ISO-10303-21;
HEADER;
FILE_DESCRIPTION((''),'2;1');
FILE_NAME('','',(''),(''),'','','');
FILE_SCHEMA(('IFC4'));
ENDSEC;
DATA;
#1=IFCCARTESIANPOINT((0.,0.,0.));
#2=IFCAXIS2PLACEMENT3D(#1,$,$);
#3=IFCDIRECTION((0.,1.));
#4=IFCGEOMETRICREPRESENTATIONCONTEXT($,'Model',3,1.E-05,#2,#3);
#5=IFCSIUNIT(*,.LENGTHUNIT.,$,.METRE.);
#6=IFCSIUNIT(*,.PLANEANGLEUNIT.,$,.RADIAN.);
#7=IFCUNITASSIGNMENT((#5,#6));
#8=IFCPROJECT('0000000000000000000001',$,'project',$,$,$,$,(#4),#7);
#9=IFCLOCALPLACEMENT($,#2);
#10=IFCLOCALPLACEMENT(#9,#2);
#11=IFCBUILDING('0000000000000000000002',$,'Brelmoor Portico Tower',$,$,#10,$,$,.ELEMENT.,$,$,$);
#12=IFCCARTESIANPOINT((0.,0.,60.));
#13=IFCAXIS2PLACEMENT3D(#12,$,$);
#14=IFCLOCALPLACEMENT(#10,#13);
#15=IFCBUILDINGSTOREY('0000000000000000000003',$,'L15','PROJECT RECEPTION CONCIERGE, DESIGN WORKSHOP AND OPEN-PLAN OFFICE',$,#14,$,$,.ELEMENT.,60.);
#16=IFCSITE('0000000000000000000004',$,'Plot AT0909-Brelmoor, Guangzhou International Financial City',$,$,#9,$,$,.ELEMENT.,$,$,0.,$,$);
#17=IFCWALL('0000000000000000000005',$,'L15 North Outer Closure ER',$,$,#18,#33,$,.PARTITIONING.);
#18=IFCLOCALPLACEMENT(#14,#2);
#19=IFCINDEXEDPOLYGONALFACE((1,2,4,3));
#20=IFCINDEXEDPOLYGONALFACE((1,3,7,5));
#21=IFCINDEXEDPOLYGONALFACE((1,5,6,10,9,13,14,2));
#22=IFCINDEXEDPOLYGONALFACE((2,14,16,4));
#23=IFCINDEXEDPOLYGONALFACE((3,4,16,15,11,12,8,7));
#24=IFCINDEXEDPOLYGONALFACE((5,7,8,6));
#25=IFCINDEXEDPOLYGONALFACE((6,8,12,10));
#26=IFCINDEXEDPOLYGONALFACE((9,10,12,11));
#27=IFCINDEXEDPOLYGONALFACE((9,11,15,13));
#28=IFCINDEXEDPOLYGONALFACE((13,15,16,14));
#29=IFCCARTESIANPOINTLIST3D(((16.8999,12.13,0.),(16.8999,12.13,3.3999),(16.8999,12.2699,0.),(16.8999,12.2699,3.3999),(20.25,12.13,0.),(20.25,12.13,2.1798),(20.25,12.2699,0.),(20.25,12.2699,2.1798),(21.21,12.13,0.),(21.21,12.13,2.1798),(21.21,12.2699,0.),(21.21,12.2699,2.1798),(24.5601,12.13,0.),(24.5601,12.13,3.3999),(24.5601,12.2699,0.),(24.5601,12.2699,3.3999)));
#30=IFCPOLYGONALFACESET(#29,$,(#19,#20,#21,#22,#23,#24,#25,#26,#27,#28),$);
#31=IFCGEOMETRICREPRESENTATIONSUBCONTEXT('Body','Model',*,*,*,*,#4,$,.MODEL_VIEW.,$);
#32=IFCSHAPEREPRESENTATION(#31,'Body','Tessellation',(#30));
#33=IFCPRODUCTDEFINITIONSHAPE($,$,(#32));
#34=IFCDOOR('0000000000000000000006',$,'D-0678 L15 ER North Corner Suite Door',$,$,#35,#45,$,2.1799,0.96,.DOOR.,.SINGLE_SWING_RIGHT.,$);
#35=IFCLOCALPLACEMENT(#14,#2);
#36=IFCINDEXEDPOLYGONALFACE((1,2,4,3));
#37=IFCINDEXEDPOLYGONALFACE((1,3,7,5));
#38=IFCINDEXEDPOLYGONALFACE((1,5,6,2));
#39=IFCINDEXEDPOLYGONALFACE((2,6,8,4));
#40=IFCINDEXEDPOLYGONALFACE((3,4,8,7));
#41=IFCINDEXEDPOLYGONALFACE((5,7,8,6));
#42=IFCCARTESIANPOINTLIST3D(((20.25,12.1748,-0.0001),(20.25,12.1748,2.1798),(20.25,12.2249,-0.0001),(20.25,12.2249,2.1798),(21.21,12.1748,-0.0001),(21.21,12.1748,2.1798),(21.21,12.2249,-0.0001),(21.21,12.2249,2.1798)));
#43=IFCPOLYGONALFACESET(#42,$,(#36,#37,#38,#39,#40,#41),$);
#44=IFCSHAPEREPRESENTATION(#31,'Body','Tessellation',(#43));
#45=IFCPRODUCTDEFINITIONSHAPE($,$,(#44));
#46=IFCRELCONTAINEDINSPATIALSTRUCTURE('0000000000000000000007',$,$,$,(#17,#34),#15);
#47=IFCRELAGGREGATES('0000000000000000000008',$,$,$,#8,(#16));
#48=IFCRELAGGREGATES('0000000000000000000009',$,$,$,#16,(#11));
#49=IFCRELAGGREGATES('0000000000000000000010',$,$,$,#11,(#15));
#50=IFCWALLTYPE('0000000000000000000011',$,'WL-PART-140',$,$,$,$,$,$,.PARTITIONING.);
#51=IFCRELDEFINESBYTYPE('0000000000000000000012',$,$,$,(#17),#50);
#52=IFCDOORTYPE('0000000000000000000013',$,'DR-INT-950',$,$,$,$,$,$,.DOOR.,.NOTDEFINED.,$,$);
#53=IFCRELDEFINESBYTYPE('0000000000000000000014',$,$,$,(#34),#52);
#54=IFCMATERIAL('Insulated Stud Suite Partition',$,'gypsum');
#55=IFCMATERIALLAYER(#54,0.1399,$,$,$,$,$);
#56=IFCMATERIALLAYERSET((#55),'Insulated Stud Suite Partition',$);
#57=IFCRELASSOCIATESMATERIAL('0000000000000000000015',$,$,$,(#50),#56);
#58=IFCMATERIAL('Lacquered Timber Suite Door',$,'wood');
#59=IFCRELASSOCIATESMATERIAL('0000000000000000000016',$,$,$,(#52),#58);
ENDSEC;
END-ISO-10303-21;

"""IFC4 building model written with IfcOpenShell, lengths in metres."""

from ifc_helpers import new_model, si_unit, direction, frame, frame_2d, origin, place, context, subcontext, project, spatial, rectangle, extrude, material, layer, layer_set, type_object, element, fill, save


model = new_model("IFC4")

# Units and contexts
model_context = context("Model", 3, precision=1e-05, world=origin(), true_north=direction((0.0, 1.0)))
body_context = subcontext(model_context, "Body", "Model", "MODEL_VIEW")
ifc_project = project(units=[si_unit("LENGTHUNIT", "METRE"), si_unit("PLANEANGLEUNIT", "RADIAN")], contexts=[model_context])

# Site, building, storey
site_placement = place(None, origin())
site = spatial("IfcSite", under=ifc_project, at=site_placement, Name="Plot AT0909-Brelmoor, Guangzhou International Financial City", CompositionType="ELEMENT", RefElevation=0.0)
building_placement = place(site_placement, origin())
building = spatial("IfcBuilding", under=site, at=building_placement, Name="Brelmoor Portico Tower", CompositionType="ELEMENT")
storey_placement = place(building_placement, frame((0.0, 0.0, 60.0)))
storey = spatial("IfcBuildingStorey", under=building, at=storey_placement, Name="L15", Description="PROJECT RECEPTION CONCIERGE, DESIGN WORKSHOP AND OPEN-PLAN OFFICE", CompositionType="ELEMENT", Elevation=60.0)

# Wall, opening, door
ifc_material_1 = material(Name="Insulated Stud Suite Partition", Category="gypsum")
ifc_layer_1 = layer(ifc_material_1, 0.1399)
ifc_layer_set_1 = layer_set([ifc_layer_1], Name="Insulated Stud Suite Partition")
wall_type_1 = type_object("IfcWallType", Name="WL-PART-140", PredefinedType="PARTITIONING", material=ifc_layer_set_1)
wall_placement = place(storey_placement, frame((16.8999, 12.2, 0.0), z_axis=(0.0, 0.0, 1.0), x_axis=(1.0, 0.0, 0.0)))
wall = element("IfcWall", 1, at=wall_placement, inside=storey, type_object=wall_type_1, Name="L15 North Outer Closure ER", PredefinedType="PARTITIONING", context=body_context, shape_type="SweptSolid", body=[
    extrude(rectangle(XDim=7.6602, YDim=0.1399, at=frame_2d((3.8301, 0.0))), origin(), (0.0, 0.0, 1.0), 3.3999),
])
opening_placement = place(wall_placement, frame((3.3501, 0.0, 0.0)))
opening = element("IfcOpeningElement", 2, at=opening_placement, cuts=wall, PredefinedType="OPENING", context=body_context, shape_type="SweptSolid", body=[
    extrude(rectangle(XDim=0.96, YDim=2.1799, at=frame_2d((0.48, 1.0898))), frame((0.0, 0.0798, 0.0), z_axis=(0.0, -1.0, 0.0), x_axis=(1.0, 0.0, 0.0)), (0.0, 0.0, 1.0), 0.1599),
])
ifc_material_2 = material(Name="Lacquered Timber Suite Door", Category="wood")
door_type = type_object("IfcDoorType", Name="DR-INT-950", OperationType="NOTDEFINED", PredefinedType="DOOR", material=ifc_material_2)
door_placement = place(opening_placement, origin())
door = element("IfcDoor", 3, at=door_placement, inside=storey, type_object=door_type, Name="D-0678 L15 ER North Corner Suite Door", OperationType="SINGLE_SWING_RIGHT", OverallHeight=2.1799, OverallWidth=0.96, PredefinedType="DOOR", context=body_context, shape_type="SweptSolid", body=[
    extrude(rectangle(XDim=0.96, YDim=2.1799, at=frame_2d((0.48, 1.0898))), frame((0.0, 0.0249, 0.0), z_axis=(0.0, -1.0, 0.0), x_axis=(1.0, 0.0, 0.0)), (0.0, 0.0, 1.0), 0.05),
])
fill(opening, door)

save(model, "model.ifc")
